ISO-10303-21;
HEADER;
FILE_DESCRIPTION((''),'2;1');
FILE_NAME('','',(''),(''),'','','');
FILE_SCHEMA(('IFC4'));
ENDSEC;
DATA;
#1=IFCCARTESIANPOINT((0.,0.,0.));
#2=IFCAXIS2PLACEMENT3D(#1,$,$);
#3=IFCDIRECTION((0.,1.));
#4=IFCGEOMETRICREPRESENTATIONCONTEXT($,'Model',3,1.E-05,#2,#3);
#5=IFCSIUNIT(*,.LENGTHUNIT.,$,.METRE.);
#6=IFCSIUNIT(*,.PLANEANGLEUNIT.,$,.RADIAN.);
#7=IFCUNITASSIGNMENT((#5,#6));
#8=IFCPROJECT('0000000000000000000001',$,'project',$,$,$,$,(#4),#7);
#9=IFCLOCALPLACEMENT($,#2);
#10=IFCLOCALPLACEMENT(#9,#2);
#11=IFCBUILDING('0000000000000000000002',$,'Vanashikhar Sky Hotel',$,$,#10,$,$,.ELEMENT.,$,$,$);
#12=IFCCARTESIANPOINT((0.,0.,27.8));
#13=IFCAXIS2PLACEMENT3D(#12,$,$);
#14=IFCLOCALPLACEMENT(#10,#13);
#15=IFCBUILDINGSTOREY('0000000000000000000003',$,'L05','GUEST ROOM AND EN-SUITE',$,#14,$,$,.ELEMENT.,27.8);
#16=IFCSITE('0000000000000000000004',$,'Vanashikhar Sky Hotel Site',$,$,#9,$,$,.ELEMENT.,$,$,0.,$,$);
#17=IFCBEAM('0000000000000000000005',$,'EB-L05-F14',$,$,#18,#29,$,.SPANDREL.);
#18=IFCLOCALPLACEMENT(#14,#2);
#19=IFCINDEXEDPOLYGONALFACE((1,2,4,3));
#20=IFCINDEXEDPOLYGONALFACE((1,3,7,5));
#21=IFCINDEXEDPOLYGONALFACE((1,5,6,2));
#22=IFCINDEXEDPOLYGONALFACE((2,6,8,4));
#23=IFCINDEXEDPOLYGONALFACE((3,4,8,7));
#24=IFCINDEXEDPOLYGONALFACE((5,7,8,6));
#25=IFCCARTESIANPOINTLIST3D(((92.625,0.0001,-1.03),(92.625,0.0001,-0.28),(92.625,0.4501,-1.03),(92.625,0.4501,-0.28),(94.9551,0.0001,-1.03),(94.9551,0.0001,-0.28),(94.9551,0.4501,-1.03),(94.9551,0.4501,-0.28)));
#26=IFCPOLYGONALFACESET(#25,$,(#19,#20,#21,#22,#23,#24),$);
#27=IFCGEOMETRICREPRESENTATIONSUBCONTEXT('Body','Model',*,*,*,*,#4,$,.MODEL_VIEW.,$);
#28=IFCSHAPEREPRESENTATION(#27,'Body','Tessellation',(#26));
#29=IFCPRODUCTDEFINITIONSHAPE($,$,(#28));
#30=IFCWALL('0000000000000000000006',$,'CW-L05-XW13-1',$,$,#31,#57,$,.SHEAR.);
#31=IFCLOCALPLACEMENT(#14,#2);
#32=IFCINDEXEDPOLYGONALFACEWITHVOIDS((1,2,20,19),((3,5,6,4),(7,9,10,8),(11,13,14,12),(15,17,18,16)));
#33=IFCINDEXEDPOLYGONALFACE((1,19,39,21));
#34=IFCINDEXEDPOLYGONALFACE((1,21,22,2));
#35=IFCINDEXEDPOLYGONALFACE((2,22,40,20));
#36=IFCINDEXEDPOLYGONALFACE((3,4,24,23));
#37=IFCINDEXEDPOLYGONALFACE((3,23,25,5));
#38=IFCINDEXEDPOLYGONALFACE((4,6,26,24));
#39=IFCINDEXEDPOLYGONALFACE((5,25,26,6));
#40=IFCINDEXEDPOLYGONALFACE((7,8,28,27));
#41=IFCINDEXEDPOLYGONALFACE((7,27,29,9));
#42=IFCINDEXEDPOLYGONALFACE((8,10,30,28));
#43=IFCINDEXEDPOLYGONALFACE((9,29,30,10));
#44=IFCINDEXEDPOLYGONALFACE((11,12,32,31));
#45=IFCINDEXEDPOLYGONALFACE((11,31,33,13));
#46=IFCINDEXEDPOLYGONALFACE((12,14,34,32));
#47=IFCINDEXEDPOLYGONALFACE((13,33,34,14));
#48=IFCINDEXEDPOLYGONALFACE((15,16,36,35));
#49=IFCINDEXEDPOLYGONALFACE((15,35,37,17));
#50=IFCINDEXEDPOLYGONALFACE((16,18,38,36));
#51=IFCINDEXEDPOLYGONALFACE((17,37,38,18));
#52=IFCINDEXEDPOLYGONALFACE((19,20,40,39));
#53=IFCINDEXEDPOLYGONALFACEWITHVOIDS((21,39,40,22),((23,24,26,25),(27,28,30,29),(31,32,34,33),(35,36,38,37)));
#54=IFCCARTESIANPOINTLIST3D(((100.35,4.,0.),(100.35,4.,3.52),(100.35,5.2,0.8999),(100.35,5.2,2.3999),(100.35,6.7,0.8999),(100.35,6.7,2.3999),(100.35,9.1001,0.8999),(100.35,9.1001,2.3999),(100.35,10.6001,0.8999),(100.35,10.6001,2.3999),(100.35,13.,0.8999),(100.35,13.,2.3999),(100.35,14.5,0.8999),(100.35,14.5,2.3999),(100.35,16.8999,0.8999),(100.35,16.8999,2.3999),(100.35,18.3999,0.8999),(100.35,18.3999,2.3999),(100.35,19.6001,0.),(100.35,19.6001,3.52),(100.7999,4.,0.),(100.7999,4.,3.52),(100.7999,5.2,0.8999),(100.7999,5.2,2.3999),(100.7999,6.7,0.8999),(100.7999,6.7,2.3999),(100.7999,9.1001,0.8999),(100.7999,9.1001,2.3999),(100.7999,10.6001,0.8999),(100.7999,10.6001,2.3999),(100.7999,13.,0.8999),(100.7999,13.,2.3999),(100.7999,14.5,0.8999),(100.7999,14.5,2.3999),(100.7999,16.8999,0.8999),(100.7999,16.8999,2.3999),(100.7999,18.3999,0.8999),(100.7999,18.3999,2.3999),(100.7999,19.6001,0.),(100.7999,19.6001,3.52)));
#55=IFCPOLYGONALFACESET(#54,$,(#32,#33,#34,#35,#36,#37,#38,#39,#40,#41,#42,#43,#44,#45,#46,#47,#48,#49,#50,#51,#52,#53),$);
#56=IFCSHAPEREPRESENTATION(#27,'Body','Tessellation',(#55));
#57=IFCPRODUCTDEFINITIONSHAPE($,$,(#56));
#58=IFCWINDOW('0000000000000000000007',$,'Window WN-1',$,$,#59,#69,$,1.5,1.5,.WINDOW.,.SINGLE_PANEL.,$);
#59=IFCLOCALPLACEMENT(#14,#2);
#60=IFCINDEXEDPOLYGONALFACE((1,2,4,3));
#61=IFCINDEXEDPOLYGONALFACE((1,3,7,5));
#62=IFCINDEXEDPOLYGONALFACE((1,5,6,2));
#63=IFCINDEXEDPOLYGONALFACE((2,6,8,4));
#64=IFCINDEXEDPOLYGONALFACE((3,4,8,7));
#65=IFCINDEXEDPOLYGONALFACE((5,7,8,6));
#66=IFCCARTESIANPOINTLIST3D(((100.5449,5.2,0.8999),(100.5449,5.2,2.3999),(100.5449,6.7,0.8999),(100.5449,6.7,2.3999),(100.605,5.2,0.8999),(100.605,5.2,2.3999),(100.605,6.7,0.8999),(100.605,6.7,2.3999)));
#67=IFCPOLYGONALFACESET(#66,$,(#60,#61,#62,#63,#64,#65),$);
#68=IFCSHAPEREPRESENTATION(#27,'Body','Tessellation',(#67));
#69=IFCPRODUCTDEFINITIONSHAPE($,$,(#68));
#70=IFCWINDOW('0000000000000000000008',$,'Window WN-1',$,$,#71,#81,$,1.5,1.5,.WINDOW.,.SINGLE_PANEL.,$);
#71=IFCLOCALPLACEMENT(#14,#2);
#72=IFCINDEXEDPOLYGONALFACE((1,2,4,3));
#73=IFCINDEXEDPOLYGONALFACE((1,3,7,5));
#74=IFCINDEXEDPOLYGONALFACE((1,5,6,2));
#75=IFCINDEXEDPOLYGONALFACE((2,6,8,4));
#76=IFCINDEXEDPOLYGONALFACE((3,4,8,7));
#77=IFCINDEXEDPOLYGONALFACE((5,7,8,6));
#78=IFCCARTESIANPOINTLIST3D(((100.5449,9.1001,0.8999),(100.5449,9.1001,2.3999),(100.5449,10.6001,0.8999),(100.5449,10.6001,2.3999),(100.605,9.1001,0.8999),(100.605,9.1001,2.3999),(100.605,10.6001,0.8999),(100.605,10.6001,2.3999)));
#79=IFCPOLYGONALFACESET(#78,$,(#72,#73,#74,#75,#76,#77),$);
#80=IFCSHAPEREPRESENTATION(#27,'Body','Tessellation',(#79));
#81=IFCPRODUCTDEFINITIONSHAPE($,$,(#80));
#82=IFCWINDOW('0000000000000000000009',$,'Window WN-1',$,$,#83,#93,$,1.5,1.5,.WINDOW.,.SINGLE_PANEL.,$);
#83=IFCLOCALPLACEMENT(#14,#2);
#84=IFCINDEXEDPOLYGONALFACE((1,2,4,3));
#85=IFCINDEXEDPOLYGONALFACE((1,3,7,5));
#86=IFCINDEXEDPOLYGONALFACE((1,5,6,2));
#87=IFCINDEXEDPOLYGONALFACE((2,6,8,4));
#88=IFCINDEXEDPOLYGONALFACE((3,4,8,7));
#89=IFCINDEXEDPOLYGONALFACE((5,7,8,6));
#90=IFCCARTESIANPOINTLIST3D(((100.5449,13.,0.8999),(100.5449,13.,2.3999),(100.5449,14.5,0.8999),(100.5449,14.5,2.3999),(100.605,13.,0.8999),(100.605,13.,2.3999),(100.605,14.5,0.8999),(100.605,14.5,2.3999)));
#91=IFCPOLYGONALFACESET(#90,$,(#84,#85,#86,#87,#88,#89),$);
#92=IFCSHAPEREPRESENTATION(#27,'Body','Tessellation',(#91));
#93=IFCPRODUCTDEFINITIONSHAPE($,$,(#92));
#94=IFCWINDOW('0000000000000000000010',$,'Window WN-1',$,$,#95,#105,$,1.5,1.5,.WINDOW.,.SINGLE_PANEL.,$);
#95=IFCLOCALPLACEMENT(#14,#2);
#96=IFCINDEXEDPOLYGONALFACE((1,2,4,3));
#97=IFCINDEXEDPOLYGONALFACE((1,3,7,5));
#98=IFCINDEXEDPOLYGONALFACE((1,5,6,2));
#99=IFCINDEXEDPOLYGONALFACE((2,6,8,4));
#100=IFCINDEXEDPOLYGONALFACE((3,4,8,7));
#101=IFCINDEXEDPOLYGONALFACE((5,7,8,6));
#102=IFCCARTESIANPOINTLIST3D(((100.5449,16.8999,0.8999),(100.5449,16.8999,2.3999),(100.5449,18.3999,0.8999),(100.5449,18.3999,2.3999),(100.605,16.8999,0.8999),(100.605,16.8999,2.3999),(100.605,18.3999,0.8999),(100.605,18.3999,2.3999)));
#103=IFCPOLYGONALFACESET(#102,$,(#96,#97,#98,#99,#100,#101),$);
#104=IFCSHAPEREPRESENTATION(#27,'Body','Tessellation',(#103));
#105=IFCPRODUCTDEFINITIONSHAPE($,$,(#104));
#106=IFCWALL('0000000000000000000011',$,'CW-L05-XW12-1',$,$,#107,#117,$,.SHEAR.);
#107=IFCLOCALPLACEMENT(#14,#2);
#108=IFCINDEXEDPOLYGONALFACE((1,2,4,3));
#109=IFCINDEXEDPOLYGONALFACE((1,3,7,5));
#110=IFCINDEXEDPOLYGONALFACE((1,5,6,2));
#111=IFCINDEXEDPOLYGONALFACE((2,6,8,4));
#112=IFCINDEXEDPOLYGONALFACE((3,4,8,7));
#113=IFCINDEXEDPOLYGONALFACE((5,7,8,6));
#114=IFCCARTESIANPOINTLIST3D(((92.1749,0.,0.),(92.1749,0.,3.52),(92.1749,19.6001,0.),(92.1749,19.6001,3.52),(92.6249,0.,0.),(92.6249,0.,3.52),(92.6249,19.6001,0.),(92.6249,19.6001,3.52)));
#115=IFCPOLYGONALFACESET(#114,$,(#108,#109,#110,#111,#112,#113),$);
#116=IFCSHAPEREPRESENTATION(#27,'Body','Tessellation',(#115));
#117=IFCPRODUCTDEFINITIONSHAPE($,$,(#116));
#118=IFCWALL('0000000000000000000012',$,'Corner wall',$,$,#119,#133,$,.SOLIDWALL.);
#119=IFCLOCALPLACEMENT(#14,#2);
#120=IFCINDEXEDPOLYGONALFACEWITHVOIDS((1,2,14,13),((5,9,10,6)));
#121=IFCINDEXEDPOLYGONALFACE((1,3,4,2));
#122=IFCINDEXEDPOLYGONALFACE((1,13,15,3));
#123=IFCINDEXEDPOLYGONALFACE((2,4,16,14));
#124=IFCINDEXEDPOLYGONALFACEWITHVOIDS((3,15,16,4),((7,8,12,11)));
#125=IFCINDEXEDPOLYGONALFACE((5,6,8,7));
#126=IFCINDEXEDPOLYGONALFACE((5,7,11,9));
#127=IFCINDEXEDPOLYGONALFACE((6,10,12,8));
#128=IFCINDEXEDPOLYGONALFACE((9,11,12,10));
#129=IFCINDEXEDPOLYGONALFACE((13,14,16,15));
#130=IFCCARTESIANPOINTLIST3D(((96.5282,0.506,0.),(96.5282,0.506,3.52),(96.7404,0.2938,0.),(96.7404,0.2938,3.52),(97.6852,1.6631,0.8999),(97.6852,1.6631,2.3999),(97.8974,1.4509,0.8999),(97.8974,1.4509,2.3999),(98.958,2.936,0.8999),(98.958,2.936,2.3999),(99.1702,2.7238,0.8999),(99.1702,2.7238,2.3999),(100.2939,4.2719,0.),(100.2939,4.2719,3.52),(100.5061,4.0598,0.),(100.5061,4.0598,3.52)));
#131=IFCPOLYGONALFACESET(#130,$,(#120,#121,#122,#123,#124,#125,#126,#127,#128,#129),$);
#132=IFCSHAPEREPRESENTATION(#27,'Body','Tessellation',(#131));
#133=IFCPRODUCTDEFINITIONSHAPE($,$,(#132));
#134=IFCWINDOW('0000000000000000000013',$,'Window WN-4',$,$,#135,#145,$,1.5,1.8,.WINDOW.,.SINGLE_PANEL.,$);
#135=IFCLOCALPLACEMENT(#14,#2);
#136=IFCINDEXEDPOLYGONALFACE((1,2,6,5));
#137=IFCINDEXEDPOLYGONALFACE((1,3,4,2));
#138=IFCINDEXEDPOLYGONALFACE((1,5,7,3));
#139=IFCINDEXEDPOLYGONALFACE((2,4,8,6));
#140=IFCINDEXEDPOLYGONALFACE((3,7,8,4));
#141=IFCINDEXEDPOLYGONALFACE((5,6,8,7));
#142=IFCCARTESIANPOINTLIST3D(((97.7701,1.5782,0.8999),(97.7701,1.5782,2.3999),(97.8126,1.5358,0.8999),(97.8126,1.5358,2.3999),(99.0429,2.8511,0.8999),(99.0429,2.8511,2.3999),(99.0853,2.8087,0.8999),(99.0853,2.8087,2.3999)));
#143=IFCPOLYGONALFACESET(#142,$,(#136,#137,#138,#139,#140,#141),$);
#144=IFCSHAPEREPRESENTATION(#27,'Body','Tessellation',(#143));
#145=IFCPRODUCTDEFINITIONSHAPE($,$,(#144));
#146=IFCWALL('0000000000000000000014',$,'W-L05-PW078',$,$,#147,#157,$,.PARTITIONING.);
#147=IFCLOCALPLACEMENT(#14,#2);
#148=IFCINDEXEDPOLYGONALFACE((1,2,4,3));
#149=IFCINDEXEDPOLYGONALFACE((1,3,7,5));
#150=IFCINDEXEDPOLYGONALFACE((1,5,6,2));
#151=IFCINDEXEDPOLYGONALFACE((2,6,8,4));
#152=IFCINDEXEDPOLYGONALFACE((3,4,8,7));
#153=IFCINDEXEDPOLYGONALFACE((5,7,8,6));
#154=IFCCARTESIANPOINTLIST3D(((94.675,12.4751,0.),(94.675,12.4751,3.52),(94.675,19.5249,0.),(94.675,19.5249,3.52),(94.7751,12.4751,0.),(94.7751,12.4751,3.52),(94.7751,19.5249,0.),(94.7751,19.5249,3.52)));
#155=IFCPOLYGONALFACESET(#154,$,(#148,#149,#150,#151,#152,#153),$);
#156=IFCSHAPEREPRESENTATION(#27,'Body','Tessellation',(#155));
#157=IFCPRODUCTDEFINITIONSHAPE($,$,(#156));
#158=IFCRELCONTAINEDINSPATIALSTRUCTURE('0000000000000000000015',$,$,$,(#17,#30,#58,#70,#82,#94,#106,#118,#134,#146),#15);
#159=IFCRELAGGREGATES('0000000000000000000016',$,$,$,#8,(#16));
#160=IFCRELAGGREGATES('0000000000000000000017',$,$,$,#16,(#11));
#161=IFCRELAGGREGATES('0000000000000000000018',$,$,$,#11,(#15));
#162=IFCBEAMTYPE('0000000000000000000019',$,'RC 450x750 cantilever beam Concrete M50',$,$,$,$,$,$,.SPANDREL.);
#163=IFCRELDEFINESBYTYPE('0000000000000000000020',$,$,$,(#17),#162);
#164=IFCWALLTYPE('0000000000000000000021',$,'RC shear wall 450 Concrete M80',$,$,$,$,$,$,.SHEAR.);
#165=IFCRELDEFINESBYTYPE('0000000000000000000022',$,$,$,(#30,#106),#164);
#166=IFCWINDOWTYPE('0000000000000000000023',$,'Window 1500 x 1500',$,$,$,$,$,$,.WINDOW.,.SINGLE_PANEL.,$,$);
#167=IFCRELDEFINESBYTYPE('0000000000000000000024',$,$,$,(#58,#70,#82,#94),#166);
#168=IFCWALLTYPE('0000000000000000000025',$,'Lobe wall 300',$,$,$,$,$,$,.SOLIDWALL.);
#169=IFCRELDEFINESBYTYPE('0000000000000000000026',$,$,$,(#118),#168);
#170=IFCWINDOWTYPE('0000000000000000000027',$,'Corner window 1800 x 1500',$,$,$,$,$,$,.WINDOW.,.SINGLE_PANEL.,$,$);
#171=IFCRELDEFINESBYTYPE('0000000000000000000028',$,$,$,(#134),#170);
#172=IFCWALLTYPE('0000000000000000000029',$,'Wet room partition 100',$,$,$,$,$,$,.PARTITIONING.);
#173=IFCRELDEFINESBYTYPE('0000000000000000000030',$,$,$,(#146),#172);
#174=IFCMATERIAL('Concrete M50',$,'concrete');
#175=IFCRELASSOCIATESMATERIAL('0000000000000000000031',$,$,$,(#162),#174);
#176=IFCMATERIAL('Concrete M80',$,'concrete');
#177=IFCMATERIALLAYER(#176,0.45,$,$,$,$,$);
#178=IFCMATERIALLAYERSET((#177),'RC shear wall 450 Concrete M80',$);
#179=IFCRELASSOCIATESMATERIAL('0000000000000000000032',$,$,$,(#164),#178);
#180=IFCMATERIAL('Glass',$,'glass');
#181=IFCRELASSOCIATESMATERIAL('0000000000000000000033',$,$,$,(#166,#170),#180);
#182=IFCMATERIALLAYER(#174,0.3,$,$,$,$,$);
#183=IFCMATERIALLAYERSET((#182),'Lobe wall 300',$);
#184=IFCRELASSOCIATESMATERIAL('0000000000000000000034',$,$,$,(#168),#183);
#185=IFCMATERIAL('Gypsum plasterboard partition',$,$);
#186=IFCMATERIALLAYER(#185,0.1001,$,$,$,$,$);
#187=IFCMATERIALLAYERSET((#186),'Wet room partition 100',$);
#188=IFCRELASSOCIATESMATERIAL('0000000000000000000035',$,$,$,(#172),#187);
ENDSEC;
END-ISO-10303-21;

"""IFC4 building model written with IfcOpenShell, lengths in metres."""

from ifc_helpers import new_model, si_unit, direction, frame, frame_2d, origin, origin_2d, place, context, subcontext, project, spatial, rectangle, extrude, source, transform, mapped, material, layer, layer_set, material_profile, profile_set, type_object, element, fill, save


model = new_model("IFC4")

# Units and contexts
model_context = context("Model", 3, precision=1e-05, world=origin(), true_north=direction((0.0, 1.0)))
body_context = subcontext(model_context, "Body", "Model", "MODEL_VIEW")
ifc_project = project(units=[si_unit("LENGTHUNIT", "METRE"), si_unit("PLANEANGLEUNIT", "RADIAN")], contexts=[model_context])

# Site, building, storey
site_placement = place(None, origin())
site = spatial("IfcSite", under=ifc_project, at=site_placement, Name="Vanashikhar Sky Hotel Site", CompositionType="ELEMENT", RefElevation=0.0)
building_placement = place(site_placement, origin())
building = spatial("IfcBuilding", under=site, at=building_placement, Name="Vanashikhar Sky Hotel", CompositionType="ELEMENT")
storey_placement = place(building_placement, frame((0.0, 0.0, 27.8)))
storey = spatial("IfcBuildingStorey", under=building, at=storey_placement, Name="L05", Description="GUEST ROOM AND EN-SUITE", CompositionType="ELEMENT", Elevation=27.8)

# Beam
ifc_material_1 = material(Name="Concrete M50", Category="concrete")
ifc_material_profile = material_profile(ifc_material_1, rectangle(XDim=0.45, YDim=0.75, at=origin_2d()))
ifc_profile_set = profile_set([ifc_material_profile], Name="RC 450x750 cantilever beam Concrete M50")
beam_type = type_object("IfcBeamType", Name="RC 450x750 cantilever beam Concrete M50", PredefinedType="SPANDREL", material=ifc_profile_set)
shared_shape_1 = source(origin(), body_context, "Body", "SweptSolid", [
    extrude(rectangle(XDim=0.45, YDim=0.75, at=origin_2d()), origin(), (0.0, 0.0, 1.0), 2.3301),
])
beam_placement = place(storey_placement, frame((92.625, 0.2251, -0.655), z_axis=(1.0, 0.0, 0.0), x_axis=(0.0, 1.0, 0.0)))
element("IfcBeam", 1, at=beam_placement, inside=storey, type_object=beam_type, Name="EB-L05-F14", PredefinedType="SPANDREL", context=body_context, shape_type="MappedRepresentation", body=[
    mapped(shared_shape_1, transform((0.0, 0.0, 0.0), scale=1.0)),
])

# Wall, openings, windows
ifc_material_2 = material(Name="Concrete M80", Category="concrete")
ifc_layer_1 = layer(ifc_material_2, 0.45)
ifc_layer_set_1 = layer_set([ifc_layer_1], Name="RC shear wall 450 Concrete M80")
wall_type_1 = type_object("IfcWallType", Name="RC shear wall 450 Concrete M80", PredefinedType="SHEAR", material=ifc_layer_set_1)
shared_shape_2 = source(origin(), body_context, "Body", "SweptSolid", [
    extrude(rectangle(XDim=15.6001, YDim=0.45, at=frame_2d((7.8, 0.0))), origin(), (0.0, 0.0, 1.0), 3.52),
])
wall_1_placement = place(storey_placement, frame((100.575, 4.0, 0.0), z_axis=(0.0, 0.0, 1.0), x_axis=(0.0, 1.0, 0.0)))
wall_1 = element("IfcWall", 2, at=wall_1_placement, inside=storey, type_object=wall_type_1, Name="CW-L05-XW13-1", PredefinedType="SHEAR", context=body_context, shape_type="MappedRepresentation", body=[
    mapped(shared_shape_2, transform((0.0, 0.0, 0.0), scale=1.0)),
])
shared_shape_3 = source(origin(), body_context, "Body", "SweptSolid", [
    extrude(rectangle(XDim=1.5, YDim=1.5, at=frame_2d((0.75, 0.75))), frame((0.0, 0.2349, 0.0), z_axis=(0.0, -1.0, 0.0), x_axis=(1.0, 0.0, 0.0)), (0.0, 0.0, 1.0), 0.47),
])
opening_1_placement = place(wall_1_placement, frame((1.2, 0.0, 0.8999)))
opening_1 = element("IfcOpeningElement", 3, at=opening_1_placement, cuts=wall_1, PredefinedType="OPENING", context=body_context, shape_type="MappedRepresentation", body=[
    mapped(shared_shape_3, transform((0.0, 0.0, 0.0), scale=1.0)),
])
opening_2_placement = place(wall_1_placement, frame((5.1001, 0.0, 0.8999)))
opening_2 = element("IfcOpeningElement", 4, at=opening_2_placement, cuts=wall_1, PredefinedType="OPENING", context=body_context, shape_type="MappedRepresentation", body=[
    mapped(shared_shape_3, transform((0.0, 0.0, 0.0), scale=1.0)),
])
opening_3_placement = place(wall_1_placement, frame((9.0, 0.0, 0.8999)))
opening_3 = element("IfcOpeningElement", 5, at=opening_3_placement, cuts=wall_1, PredefinedType="OPENING", context=body_context, shape_type="MappedRepresentation", body=[
    mapped(shared_shape_3, transform((0.0, 0.0, 0.0), scale=1.0)),
])
opening_4_placement = place(wall_1_placement, frame((12.8999, 0.0, 0.8999)))
opening_4 = element("IfcOpeningElement", 6, at=opening_4_placement, cuts=wall_1, PredefinedType="OPENING", context=body_context, shape_type="MappedRepresentation", body=[
    mapped(shared_shape_3, transform((0.0, 0.0, 0.0), scale=1.0)),
])
ifc_material_3 = material(Name="Glass", Category="glass")
window_type_1 = type_object("IfcWindowType", Name="Window 1500 x 1500", PartitioningType="SINGLE_PANEL", PredefinedType="WINDOW", material=ifc_material_3)
shared_shape_4 = source(origin(), body_context, "Body", "SweptSolid", [
    extrude(rectangle(XDim=1.5, YDim=1.5, at=frame_2d((0.75, 0.75))), frame((0.0, 0.03, 0.0), z_axis=(0.0, -1.0, 0.0), x_axis=(1.0, 0.0, 0.0)), (0.0, 0.0, 1.0), 0.0601),
])
window_1_placement = place(opening_1_placement, origin())
window_1 = element("IfcWindow", 7, at=window_1_placement, inside=storey, type_object=window_type_1, Name="Window WN-1", OverallHeight=1.5, OverallWidth=1.5, PartitioningType="SINGLE_PANEL", PredefinedType="WINDOW", context=body_context, shape_type="MappedRepresentation", body=[
    mapped(shared_shape_4, transform((0.0, 0.0, 0.0), scale=1.0)),
])
fill(opening_1, window_1)
window_2_placement = place(opening_2_placement, origin())
window_2 = element("IfcWindow", 8, at=window_2_placement, inside=storey, type_object=window_type_1, Name="Window WN-1", OverallHeight=1.5, OverallWidth=1.5, PartitioningType="SINGLE_PANEL", PredefinedType="WINDOW", context=body_context, shape_type="MappedRepresentation", body=[
    mapped(shared_shape_4, transform((0.0, 0.0, 0.0), scale=1.0)),
])
fill(opening_2, window_2)
window_3_placement = place(opening_3_placement, origin())
window_3 = element("IfcWindow", 9, at=window_3_placement, inside=storey, type_object=window_type_1, Name="Window WN-1", OverallHeight=1.5, OverallWidth=1.5, PartitioningType="SINGLE_PANEL", PredefinedType="WINDOW", context=body_context, shape_type="MappedRepresentation", body=[
    mapped(shared_shape_4, transform((0.0, 0.0, 0.0), scale=1.0)),
])
fill(opening_3, window_3)
window_4_placement = place(opening_4_placement, origin())
window_4 = element("IfcWindow", 10, at=window_4_placement, inside=storey, type_object=window_type_1, Name="Window WN-1", OverallHeight=1.5, OverallWidth=1.5, PartitioningType="SINGLE_PANEL", PredefinedType="WINDOW", context=body_context, shape_type="MappedRepresentation", body=[
    mapped(shared_shape_4, transform((0.0, 0.0, 0.0), scale=1.0)),
])
fill(opening_4, window_4)

# Wall
shared_shape_5 = source(origin(), body_context, "Body", "SweptSolid", [
    extrude(rectangle(XDim=19.6001, YDim=0.45, at=frame_2d((9.8, 0.0))), origin(), (0.0, 0.0, 1.0), 3.52),
])
wall_2_placement = place(storey_placement, frame((92.3999, 0.0, 0.0), z_axis=(0.0, 0.0, 1.0), x_axis=(0.0, 1.0, 0.0)))
element("IfcWall", 11, at=wall_2_placement, inside=storey, type_object=wall_type_1, Name="CW-L05-XW12-1", PredefinedType="SHEAR", context=body_context, shape_type="MappedRepresentation", body=[
    mapped(shared_shape_5, transform((0.0, 0.0, 0.0), scale=1.0)),
])

# Wall, opening, window
ifc_layer_2 = layer(ifc_material_1, 0.3)
ifc_layer_set_2 = layer_set([ifc_layer_2], Name="Lobe wall 300")
wall_type_2 = type_object("IfcWallType", Name="Lobe wall 300", PredefinedType="SOLIDWALL", material=ifc_layer_set_2)
shared_shape_6 = source(origin(), body_context, "Body", "SweptSolid", [
    extrude(rectangle(XDim=5.3257, YDim=0.3, at=frame_2d((2.6628, 0.0))), origin(), (0.0, 0.0, 1.0), 3.52),
])
wall_3_placement = place(storey_placement, frame((96.6343, 0.3999, 0.0), z_axis=(0.0, 0.0, 1.0), x_axis=(0.707084, 0.70713, 0.0)))
wall_3 = element("IfcWall", 12, at=wall_3_placement, inside=storey, type_object=wall_type_2, Name="Corner wall", PredefinedType="SOLIDWALL", context=body_context, shape_type="MappedRepresentation", body=[
    mapped(shared_shape_6, transform((0.0, 0.0, 0.0), scale=1.0)),
])
shared_shape_7 = source(origin(), body_context, "Body", "SweptSolid", [
    extrude(rectangle(XDim=1.8, YDim=1.5, at=frame_2d((0.8999, 0.75))), frame((0.0, 0.1602, 0.0), z_axis=(0.0, -1.0, 0.0), x_axis=(1.0, 0.0, 0.0)), (0.0, 0.0, 1.0), 0.3201),
])
opening_5_placement = place(wall_3_placement, frame((1.6365, 0.0, 0.8999)))
opening_5 = element("IfcOpeningElement", 13, at=opening_5_placement, cuts=wall_3, PredefinedType="OPENING", context=body_context, shape_type="MappedRepresentation", body=[
    mapped(shared_shape_7, transform((0.0, 0.0, 0.0), scale=1.0)),
])
window_type_2 = type_object("IfcWindowType", Name="Corner window 1800 x 1500", PartitioningType="SINGLE_PANEL", PredefinedType="WINDOW", material=ifc_material_3)
shared_shape_8 = source(origin(), body_context, "Body", "SweptSolid", [
    extrude(rectangle(XDim=1.8, YDim=1.5, at=frame_2d((0.8999, 0.75))), frame((0.0, 0.03, 0.0), z_axis=(0.0, -1.0, 0.0), x_axis=(1.0, 0.0, 0.0)), (0.0, 0.0, 1.0), 0.0601),
])
window_5_placement = place(opening_5_placement, origin())
window_5 = element("IfcWindow", 14, at=window_5_placement, inside=storey, type_object=window_type_2, Name="Window WN-4", OverallHeight=1.5, OverallWidth=1.8, PartitioningType="SINGLE_PANEL", PredefinedType="WINDOW", context=body_context, shape_type="MappedRepresentation", body=[
    mapped(shared_shape_8, transform((0.0, 0.0, 0.0), scale=1.0)),
])
fill(opening_5, window_5)

# Wall
ifc_material_4 = material(Name="Gypsum plasterboard partition")
ifc_layer_3 = layer(ifc_material_4, 0.1001)
ifc_layer_set_3 = layer_set([ifc_layer_3], Name="Wet room partition 100")
wall_type_3 = type_object("IfcWallType", Name="Wet room partition 100", PredefinedType="PARTITIONING", material=ifc_layer_set_3)
shared_shape_9 = source(origin(), body_context, "Body", "SweptSolid", [
    extrude(rectangle(XDim=7.0498, YDim=0.1001, at=frame_2d((3.5249, 0.0))), origin(), (0.0, 0.0, 1.0), 3.52),
])
for number, where, z_axis, x_axis, name in (
    (15, (94.7251, 12.4751, 0.0), (0.0, 0.0, 1.0), (0.0, 1.0, 0.0), "W-L05-PW078"),
):
    element("IfcWall", number, at=place(storey_placement, frame(where, z_axis=z_axis, x_axis=x_axis)), inside=storey, type_object=wall_type_3, Name=name, PredefinedType="PARTITIONING", context=body_context, shape_type="MappedRepresentation", body=[
        mapped(shared_shape_9, transform((0.0, 0.0, 0.0), scale=1.0)),
    ])

save(model, "model.ifc")
